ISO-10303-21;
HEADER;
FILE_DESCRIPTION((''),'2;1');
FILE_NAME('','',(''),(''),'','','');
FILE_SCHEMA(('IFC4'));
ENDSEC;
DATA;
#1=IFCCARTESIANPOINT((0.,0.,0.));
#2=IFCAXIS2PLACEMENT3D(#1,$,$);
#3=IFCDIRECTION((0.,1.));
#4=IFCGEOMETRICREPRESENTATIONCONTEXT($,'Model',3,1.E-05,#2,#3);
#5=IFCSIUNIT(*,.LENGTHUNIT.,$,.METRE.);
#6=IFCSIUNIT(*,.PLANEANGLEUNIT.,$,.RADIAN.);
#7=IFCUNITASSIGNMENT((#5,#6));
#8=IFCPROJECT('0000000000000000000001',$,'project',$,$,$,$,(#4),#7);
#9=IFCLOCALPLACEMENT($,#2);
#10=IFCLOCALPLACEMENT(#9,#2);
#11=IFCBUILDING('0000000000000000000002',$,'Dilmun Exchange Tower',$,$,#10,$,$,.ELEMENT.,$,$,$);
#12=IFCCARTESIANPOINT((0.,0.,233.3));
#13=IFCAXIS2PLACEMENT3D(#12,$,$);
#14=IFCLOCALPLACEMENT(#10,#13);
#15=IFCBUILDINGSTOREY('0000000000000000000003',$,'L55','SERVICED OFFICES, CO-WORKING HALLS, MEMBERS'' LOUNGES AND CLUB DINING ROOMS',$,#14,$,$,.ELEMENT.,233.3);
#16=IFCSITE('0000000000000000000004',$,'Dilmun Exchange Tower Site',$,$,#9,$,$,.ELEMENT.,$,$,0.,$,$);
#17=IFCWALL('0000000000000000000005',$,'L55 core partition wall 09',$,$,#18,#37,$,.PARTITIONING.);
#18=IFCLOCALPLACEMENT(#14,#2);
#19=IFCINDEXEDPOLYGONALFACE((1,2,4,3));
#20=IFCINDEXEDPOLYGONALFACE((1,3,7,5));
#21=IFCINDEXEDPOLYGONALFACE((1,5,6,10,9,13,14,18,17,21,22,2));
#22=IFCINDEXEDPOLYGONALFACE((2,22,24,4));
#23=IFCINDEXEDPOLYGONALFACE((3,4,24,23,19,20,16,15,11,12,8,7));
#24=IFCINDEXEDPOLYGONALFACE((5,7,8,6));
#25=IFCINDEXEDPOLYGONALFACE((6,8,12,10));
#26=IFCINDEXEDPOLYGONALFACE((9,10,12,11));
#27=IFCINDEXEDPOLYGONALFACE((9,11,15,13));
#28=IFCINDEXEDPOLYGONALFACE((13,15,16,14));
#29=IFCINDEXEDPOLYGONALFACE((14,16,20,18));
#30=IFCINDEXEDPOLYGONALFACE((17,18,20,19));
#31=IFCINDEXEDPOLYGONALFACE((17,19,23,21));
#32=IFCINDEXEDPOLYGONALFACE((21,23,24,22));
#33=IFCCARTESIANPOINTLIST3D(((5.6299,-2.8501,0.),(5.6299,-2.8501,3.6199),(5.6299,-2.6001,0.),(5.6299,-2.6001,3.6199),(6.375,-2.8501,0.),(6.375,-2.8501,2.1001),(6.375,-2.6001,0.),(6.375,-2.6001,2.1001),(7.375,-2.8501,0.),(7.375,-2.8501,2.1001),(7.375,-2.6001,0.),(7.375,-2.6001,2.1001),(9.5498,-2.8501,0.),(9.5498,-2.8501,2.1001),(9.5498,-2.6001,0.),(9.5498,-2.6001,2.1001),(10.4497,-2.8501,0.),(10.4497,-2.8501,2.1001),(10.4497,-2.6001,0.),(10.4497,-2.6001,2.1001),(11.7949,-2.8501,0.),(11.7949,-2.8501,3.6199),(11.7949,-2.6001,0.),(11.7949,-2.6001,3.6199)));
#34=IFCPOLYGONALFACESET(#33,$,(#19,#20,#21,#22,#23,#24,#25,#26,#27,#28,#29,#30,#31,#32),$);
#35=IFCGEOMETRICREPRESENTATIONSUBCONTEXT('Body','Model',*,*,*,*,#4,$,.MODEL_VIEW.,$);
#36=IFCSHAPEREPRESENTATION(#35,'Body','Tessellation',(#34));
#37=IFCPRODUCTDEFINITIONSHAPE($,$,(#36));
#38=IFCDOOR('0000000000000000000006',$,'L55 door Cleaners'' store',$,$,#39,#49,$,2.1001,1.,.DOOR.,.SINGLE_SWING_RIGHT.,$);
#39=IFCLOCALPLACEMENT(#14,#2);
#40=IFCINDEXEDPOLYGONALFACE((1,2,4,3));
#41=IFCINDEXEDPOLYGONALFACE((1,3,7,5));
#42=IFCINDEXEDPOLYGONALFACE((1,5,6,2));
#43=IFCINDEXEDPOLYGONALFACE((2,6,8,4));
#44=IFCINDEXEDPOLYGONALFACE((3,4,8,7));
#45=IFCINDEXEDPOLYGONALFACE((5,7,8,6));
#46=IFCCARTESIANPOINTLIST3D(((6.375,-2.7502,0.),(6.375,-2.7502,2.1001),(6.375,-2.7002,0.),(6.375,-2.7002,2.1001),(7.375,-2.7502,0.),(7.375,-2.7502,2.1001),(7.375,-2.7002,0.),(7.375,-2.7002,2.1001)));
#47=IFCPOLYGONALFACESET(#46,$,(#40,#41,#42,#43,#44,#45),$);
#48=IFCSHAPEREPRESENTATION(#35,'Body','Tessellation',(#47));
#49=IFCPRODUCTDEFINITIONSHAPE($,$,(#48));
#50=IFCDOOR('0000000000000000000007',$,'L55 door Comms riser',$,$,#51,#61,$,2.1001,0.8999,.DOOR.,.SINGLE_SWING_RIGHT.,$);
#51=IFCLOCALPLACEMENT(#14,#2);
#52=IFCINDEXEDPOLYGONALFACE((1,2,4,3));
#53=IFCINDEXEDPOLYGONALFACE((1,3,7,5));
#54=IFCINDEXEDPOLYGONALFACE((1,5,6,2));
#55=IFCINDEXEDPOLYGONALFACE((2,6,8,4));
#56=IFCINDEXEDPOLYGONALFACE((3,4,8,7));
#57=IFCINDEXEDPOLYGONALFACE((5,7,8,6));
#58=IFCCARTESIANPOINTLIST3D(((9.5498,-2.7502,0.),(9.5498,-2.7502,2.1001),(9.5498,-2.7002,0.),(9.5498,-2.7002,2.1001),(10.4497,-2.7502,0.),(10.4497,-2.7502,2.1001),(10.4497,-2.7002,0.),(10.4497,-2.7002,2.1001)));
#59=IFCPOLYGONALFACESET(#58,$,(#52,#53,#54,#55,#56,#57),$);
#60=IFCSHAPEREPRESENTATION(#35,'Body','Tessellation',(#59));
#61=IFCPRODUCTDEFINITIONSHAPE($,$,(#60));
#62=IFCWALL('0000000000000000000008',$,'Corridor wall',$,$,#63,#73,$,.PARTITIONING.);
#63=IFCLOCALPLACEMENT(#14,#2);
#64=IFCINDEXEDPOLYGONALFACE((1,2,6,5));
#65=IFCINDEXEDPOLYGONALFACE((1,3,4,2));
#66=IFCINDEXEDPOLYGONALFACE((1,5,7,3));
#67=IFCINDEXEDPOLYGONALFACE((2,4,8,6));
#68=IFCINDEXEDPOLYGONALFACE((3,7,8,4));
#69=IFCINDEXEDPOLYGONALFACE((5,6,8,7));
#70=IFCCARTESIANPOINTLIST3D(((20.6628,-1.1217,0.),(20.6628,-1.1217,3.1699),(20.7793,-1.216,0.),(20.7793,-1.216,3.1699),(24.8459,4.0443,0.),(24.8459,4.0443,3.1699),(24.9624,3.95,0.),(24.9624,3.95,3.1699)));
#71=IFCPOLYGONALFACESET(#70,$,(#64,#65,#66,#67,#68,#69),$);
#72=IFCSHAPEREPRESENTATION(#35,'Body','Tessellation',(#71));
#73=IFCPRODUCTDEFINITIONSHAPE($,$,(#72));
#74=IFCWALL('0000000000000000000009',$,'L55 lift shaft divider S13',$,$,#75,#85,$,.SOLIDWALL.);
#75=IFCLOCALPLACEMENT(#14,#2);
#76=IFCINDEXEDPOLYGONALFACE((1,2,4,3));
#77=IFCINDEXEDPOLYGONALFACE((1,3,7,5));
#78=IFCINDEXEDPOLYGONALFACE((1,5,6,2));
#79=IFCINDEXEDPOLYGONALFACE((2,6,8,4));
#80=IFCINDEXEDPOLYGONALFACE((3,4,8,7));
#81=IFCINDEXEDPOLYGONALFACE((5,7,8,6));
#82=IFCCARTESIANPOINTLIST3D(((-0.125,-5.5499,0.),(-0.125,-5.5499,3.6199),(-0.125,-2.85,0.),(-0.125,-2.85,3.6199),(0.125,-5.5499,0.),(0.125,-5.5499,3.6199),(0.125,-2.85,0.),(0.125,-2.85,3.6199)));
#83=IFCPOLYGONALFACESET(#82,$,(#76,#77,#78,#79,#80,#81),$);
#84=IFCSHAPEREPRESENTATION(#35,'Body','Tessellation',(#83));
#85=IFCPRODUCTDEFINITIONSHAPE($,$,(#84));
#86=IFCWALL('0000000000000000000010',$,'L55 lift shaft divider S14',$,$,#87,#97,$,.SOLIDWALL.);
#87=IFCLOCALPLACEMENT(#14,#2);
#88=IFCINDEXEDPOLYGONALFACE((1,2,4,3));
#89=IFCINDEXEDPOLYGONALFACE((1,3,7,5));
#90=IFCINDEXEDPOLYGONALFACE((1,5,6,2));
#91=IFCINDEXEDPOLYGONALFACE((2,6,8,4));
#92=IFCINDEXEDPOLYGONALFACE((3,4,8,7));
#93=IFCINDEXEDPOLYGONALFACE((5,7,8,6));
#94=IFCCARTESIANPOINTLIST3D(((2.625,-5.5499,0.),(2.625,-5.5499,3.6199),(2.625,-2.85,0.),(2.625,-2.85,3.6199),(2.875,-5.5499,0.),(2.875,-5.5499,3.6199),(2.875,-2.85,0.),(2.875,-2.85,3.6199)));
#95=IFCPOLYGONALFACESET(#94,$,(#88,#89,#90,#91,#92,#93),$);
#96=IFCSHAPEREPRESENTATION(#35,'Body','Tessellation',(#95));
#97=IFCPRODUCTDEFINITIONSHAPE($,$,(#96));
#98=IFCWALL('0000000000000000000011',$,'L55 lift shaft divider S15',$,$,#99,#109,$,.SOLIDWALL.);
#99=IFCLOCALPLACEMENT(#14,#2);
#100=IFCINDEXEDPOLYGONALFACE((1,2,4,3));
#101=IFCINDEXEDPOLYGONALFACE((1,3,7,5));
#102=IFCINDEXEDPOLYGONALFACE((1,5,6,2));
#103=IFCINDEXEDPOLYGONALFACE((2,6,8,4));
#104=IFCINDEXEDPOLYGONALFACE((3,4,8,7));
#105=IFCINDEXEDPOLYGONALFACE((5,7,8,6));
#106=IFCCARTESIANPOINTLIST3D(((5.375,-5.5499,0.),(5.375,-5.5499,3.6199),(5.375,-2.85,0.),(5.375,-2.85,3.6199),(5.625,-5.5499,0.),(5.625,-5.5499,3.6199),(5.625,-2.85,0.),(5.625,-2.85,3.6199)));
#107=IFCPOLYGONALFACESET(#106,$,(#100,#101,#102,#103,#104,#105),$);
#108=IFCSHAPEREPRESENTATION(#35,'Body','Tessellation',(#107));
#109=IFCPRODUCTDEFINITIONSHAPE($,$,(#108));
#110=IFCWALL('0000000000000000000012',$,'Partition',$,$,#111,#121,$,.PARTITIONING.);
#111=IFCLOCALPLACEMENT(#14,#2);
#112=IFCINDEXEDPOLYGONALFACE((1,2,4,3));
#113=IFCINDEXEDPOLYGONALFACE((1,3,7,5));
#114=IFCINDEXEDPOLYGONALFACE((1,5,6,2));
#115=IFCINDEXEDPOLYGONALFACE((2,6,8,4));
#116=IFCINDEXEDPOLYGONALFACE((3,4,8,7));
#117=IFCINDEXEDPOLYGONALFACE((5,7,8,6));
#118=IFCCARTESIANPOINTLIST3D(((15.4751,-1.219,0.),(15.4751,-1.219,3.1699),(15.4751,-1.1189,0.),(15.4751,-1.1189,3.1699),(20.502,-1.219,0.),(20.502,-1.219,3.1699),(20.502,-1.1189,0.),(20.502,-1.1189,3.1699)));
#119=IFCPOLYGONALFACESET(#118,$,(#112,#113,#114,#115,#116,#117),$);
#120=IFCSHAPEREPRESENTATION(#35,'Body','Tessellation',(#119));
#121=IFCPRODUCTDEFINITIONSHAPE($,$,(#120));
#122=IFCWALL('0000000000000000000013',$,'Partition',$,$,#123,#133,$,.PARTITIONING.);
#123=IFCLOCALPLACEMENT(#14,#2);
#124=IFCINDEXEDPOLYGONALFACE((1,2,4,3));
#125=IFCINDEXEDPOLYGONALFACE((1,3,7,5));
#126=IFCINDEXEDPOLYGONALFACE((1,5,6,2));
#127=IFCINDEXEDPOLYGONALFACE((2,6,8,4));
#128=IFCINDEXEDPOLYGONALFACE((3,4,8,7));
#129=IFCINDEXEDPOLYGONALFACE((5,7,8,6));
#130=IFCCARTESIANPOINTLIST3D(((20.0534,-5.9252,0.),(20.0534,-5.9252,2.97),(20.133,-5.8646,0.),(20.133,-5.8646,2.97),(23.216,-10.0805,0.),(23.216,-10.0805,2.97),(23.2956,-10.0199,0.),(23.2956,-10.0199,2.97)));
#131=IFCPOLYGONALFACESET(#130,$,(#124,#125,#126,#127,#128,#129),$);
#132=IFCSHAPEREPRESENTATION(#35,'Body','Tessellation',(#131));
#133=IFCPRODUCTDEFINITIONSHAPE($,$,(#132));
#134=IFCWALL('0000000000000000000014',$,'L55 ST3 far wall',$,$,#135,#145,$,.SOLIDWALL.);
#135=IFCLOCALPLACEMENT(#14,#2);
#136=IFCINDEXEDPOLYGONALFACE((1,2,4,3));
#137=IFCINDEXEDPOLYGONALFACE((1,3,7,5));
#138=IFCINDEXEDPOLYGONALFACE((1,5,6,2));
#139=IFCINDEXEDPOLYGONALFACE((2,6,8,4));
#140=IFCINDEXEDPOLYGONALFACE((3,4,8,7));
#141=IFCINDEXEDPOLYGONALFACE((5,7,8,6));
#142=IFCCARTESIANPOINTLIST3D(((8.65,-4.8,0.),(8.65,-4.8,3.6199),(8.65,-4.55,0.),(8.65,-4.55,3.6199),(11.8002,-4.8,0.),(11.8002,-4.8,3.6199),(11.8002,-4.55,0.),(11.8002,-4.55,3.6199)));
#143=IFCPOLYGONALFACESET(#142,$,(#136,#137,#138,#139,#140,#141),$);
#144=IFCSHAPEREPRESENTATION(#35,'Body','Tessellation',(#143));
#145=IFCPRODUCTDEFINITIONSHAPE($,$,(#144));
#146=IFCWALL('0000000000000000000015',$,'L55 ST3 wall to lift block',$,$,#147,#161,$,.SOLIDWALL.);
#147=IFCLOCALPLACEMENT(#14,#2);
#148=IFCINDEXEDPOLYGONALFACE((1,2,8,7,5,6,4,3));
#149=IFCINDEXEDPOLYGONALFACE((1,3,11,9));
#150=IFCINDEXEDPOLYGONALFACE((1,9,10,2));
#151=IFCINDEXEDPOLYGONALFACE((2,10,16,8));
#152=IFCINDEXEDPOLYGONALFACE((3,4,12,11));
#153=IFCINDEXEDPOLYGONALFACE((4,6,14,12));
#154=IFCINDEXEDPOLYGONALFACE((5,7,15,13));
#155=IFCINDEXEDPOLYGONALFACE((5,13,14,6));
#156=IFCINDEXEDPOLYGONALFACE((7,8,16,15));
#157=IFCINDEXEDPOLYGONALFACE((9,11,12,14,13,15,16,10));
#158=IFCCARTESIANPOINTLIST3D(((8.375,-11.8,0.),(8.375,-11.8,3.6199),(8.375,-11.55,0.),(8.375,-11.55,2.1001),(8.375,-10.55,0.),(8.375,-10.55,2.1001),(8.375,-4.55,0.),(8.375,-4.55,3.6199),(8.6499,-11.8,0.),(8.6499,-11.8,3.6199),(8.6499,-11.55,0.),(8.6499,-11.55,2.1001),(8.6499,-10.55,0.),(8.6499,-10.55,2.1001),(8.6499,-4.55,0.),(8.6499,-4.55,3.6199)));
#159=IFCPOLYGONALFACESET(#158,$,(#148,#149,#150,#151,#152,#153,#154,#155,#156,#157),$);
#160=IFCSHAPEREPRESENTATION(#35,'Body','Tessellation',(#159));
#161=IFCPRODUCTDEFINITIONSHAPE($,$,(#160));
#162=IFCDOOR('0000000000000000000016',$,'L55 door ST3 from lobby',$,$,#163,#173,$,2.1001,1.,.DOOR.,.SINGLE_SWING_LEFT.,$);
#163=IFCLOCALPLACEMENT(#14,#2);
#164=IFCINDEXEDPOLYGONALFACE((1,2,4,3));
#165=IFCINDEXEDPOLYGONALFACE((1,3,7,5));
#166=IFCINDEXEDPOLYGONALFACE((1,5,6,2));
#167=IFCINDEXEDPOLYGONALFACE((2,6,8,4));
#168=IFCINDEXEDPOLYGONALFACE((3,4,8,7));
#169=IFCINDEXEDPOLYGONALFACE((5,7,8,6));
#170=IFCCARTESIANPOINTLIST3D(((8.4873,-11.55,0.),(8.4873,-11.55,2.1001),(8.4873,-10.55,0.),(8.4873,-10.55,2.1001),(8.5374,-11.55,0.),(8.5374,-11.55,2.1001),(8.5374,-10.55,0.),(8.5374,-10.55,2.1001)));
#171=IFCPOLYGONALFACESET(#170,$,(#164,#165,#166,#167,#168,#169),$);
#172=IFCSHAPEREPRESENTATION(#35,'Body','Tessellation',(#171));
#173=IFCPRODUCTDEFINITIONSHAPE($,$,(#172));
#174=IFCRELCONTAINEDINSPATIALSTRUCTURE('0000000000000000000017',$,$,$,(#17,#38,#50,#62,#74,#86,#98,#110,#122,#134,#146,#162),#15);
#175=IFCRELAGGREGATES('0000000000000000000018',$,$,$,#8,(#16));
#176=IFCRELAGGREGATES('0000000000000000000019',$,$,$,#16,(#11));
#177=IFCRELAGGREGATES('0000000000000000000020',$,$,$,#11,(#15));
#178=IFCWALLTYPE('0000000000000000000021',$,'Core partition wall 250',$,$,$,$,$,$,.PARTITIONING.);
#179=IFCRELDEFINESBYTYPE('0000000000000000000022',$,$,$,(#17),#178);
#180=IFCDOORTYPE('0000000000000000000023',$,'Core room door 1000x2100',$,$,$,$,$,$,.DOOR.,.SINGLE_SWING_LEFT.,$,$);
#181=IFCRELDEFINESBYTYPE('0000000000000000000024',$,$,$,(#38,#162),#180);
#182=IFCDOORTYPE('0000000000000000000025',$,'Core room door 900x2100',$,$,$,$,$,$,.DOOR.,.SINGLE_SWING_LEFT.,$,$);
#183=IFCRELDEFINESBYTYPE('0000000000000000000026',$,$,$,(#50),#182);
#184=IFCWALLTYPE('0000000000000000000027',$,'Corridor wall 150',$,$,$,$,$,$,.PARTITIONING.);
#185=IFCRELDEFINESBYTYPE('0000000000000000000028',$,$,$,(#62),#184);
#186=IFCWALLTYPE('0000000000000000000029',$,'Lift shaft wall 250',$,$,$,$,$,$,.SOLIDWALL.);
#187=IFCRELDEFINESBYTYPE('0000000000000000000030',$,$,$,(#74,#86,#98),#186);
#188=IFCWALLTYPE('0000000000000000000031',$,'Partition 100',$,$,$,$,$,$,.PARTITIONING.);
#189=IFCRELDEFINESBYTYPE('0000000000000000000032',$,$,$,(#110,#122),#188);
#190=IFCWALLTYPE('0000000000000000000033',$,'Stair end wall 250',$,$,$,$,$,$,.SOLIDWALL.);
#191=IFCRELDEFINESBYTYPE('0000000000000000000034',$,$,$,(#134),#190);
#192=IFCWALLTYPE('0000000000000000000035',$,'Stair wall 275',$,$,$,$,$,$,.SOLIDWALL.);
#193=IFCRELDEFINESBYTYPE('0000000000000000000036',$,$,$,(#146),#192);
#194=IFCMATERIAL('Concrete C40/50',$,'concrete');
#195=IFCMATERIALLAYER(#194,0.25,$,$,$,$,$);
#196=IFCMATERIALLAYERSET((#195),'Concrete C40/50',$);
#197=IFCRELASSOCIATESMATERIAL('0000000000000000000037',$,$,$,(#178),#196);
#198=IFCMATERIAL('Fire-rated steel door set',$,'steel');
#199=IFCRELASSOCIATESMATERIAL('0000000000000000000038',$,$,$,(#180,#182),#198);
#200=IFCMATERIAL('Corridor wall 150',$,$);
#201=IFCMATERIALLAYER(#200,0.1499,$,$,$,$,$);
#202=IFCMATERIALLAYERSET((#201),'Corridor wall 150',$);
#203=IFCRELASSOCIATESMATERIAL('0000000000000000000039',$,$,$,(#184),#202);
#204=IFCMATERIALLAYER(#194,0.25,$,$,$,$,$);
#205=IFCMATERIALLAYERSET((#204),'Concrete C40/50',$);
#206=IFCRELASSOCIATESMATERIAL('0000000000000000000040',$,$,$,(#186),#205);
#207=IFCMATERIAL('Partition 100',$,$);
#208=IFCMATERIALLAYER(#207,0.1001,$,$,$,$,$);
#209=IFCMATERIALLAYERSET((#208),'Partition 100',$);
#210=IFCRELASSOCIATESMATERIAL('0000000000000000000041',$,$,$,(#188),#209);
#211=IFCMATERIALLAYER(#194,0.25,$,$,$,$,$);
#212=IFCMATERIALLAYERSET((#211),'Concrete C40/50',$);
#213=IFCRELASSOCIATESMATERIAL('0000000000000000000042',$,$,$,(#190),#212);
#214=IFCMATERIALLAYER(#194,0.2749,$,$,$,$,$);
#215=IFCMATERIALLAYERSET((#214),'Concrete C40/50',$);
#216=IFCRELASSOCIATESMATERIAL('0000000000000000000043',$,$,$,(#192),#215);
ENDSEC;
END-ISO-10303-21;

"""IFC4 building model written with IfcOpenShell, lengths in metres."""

from ifc_helpers import new_model, si_unit, direction, frame, frame_2d, origin, place, context, subcontext, project, spatial, rectangle, extrude, material, layer, layer_set, type_object, element, fill, save


model = new_model("IFC4")

# Units and contexts
model_context = context("Model", 3, precision=1e-05, world=origin(), true_north=direction((0.0, 1.0)))
body_context = subcontext(model_context, "Body", "Model", "MODEL_VIEW")
ifc_project = project(units=[si_unit("LENGTHUNIT", "METRE"), si_unit("PLANEANGLEUNIT", "RADIAN")], contexts=[model_context])

# Site, building, storey
site_placement = place(None, origin())
site = spatial("IfcSite", under=ifc_project, at=site_placement, Name="Dilmun Exchange Tower Site", CompositionType="ELEMENT", RefElevation=0.0)
building_placement = place(site_placement, origin())
building = spatial("IfcBuilding", under=site, at=building_placement, Name="Dilmun Exchange Tower", CompositionType="ELEMENT")
storey_placement = place(building_placement, frame((0.0, 0.0, 233.3)))
storey = spatial("IfcBuildingStorey", under=building, at=storey_placement, Name="L55", Description="SERVICED OFFICES, CO-WORKING HALLS, MEMBERS' LOUNGES AND CLUB DINING ROOMS", CompositionType="ELEMENT", Elevation=233.3)

# Shared definitions
ifc_material_1 = material(Name="Concrete C40/50", Category="concrete")

# Shared definitions
ifc_layer_1 = layer(ifc_material_1, 0.25)
ifc_layer_set_1 = layer_set([ifc_layer_1], Name="Concrete C40/50")
wall_type_1 = type_object("IfcWallType", Name="Core partition wall 250", PredefinedType="PARTITIONING", material=ifc_layer_set_1)

# Wall, openings, doors
wall_1_placement = place(storey_placement, frame((5.6299, -2.7251, 0.0), z_axis=(0.0, 0.0, 1.0), x_axis=(1.0, 0.0, 0.0)))
wall_1 = element("IfcWall", 1, at=wall_1_placement, inside=storey, type_object=wall_type_1, Name="L55 core partition wall 09", PredefinedType="PARTITIONING", context=body_context, shape_type="SweptSolid", body=[
    extrude(rectangle(XDim=6.165, YDim=0.25, at=frame_2d((3.0825, 0.0))), origin(), (0.0, 0.0, 1.0), 3.6199),
])
opening_1_placement = place(wall_1_placement, frame((0.7451, 0.0, 0.0)))
opening_1 = element("IfcOpeningElement", 2, at=opening_1_placement, cuts=wall_1, PredefinedType="OPENING", context=body_context, shape_type="SweptSolid", body=[
    extrude(rectangle(XDim=1.0, YDim=2.1001, at=frame_2d((0.5, 1.05))), frame((0.0, 0.135, 0.0), z_axis=(0.0, -1.0, 0.0), x_axis=(1.0, 0.0, 0.0)), (0.0, 0.0, 1.0), 0.27),
])
opening_2_placement = place(wall_1_placement, frame((3.9199, 0.0, 0.0)))
opening_2 = element("IfcOpeningElement", 3, at=opening_2_placement, cuts=wall_1, PredefinedType="OPENING", context=body_context, shape_type="SweptSolid", body=[
    extrude(rectangle(XDim=0.8999, YDim=2.1001, at=frame_2d((0.45, 1.05))), frame((0.0, 0.135, 0.0), z_axis=(0.0, -1.0, 0.0), x_axis=(1.0, 0.0, 0.0)), (0.0, 0.0, 1.0), 0.27),
])
ifc_material_2 = material(Name="Fire-rated steel door set", Category="steel")
door_type_1 = type_object("IfcDoorType", Name="Core room door 1000x2100", OperationType="SINGLE_SWING_LEFT", PredefinedType="DOOR", material=ifc_material_2)
door_1_placement = place(opening_1_placement, origin())
door_1 = element("IfcDoor", 4, at=door_1_placement, inside=storey, type_object=door_type_1, Name="L55 door Cleaners' store", OperationType="SINGLE_SWING_RIGHT", OverallHeight=2.1001, OverallWidth=1.0, PredefinedType="DOOR", context=body_context, shape_type="SweptSolid", body=[
    extrude(rectangle(XDim=1.0, YDim=2.1001, at=frame_2d((0.5, 1.05))), frame((0.0, 0.0249, 0.0), z_axis=(0.0, -1.0, 0.0), x_axis=(1.0, 0.0, 0.0)), (0.0, 0.0, 1.0), 0.05),
])
fill(opening_1, door_1)
door_type_2 = type_object("IfcDoorType", Name="Core room door 900x2100", OperationType="SINGLE_SWING_LEFT", PredefinedType="DOOR", material=ifc_material_2)
door_2_placement = place(opening_2_placement, origin())
door_2 = element("IfcDoor", 5, at=door_2_placement, inside=storey, type_object=door_type_2, Name="L55 door Comms riser", OperationType="SINGLE_SWING_RIGHT", OverallHeight=2.1001, OverallWidth=0.8999, PredefinedType="DOOR", context=body_context, shape_type="SweptSolid", body=[
    extrude(rectangle(XDim=0.8999, YDim=2.1001, at=frame_2d((0.45, 1.05))), frame((0.0, 0.0249, 0.0), z_axis=(0.0, -1.0, 0.0), x_axis=(1.0, 0.0, 0.0)), (0.0, 0.0, 1.0), 0.05),
])
fill(opening_2, door_2)

# Walls
ifc_material_3 = material(Name="Corridor wall 150")
ifc_layer_2 = layer(ifc_material_3, 0.1499)
ifc_layer_set_2 = layer_set([ifc_layer_2], Name="Corridor wall 150")
wall_type_2 = type_object("IfcWallType", Name="Corridor wall 150", PredefinedType="PARTITIONING", material=ifc_layer_set_2)
wall_2_placement = place(storey_placement, frame((20.7209, -1.1689, 0.0), z_axis=(0.0, 0.0, 1.0), x_axis=(0.629298, 0.777164, 0.0)))
element("IfcWall", 6, at=wall_2_placement, inside=storey, type_object=wall_type_2, Name="Corridor wall", PredefinedType="PARTITIONING", context=body_context, shape_type="SweptSolid", body=[
    extrude(rectangle(XDim=6.6472, YDim=0.1499, at=frame_2d((3.3237, 0.0))), origin(), (0.0, 0.0, 1.0), 3.1699),
])
ifc_layer_3 = layer(ifc_material_1, 0.25)
ifc_layer_set_3 = layer_set([ifc_layer_3], Name="Concrete C40/50")
wall_type_3 = type_object("IfcWallType", Name="Lift shaft wall 250", PredefinedType="SOLIDWALL", material=ifc_layer_set_3)
for number, where, z_axis, x_axis, name in (
    (7, (0.0, -5.55, 0.0), (0.0, 0.0, 1.0), (0.0, 1.0, 0.0), "L55 lift shaft divider S13"),
    (8, (2.75, -5.55, 0.0), (0.0, 0.0, 1.0), (0.0, 1.0, 0.0), "L55 lift shaft divider S14"),
    (9, (5.5, -5.55, 0.0), (0.0, 0.0, 1.0), (0.0, 1.0, 0.0), "L55 lift shaft divider S15"),
):
    element("IfcWall", number, at=place(storey_placement, frame(where, z_axis=z_axis, x_axis=x_axis)), inside=storey, type_object=wall_type_3, Name=name, PredefinedType="SOLIDWALL", context=body_context, shape_type="SweptSolid", body=[
        extrude(rectangle(XDim=2.7, YDim=0.25, at=frame_2d((1.3501, 0.0))), origin(), (0.0, 0.0, 1.0), 3.6199),
    ])
ifc_material_4 = material(Name="Partition 100")
ifc_layer_4 = layer(ifc_material_4, 0.1001)
ifc_layer_set_4 = layer_set([ifc_layer_4], Name="Partition 100")
wall_type_4 = type_object("IfcWallType", Name="Partition 100", PredefinedType="PARTITIONING", material=ifc_layer_set_4)
wall_3_placement = place(storey_placement, frame((15.4751, -1.1689, 0.0), z_axis=(0.0, 0.0, 1.0), x_axis=(1.0, 0.0, 0.0)))
element("IfcWall", 10, at=wall_3_placement, inside=storey, type_object=wall_type_4, Name="Partition", PredefinedType="PARTITIONING", context=body_context, shape_type="SweptSolid", body=[
    extrude(rectangle(XDim=5.0269, YDim=0.1001, at=frame_2d((2.5134, 0.0))), origin(), (0.0, 0.0, 1.0), 3.1699),
])
wall_4_placement = place(storey_placement, frame((20.0933, -5.895, 0.0), z_axis=(0.0, 0.0, 1.0), x_axis=(0.60564, -0.795739, 0.0)))
element("IfcWall", 11, at=wall_4_placement, inside=storey, type_object=wall_type_4, Name="Partition", PredefinedType="PARTITIONING", context=body_context, shape_type="SweptSolid", body=[
    extrude(rectangle(XDim=5.2219, YDim=0.1001, at=frame_2d((2.6108, 0.0))), origin(), (0.0, 0.0, 1.0), 2.97),
])
ifc_layer_5 = layer(ifc_material_1, 0.25)
ifc_layer_set_5 = layer_set([ifc_layer_5], Name="Concrete C40/50")
wall_type_5 = type_object("IfcWallType", Name="Stair end wall 250", PredefinedType="SOLIDWALL", material=ifc_layer_set_5)
wall_5_placement = place(storey_placement, frame((8.6499, -4.675, 0.0), z_axis=(0.0, 0.0, 1.0), x_axis=(1.0, 0.0, 0.0)))
element("IfcWall", 12, at=wall_5_placement, inside=storey, type_object=wall_type_5, Name="L55 ST3 far wall", PredefinedType="SOLIDWALL", context=body_context, shape_type="SweptSolid", body=[
    extrude(rectangle(XDim=3.1501, YDim=0.25, at=frame_2d((1.5752, 0.0))), origin(), (0.0, 0.0, 1.0), 3.6199),
])

# Wall, opening, door
ifc_layer_6 = layer(ifc_material_1, 0.2749)
ifc_layer_set_6 = layer_set([ifc_layer_6], Name="Concrete C40/50")
wall_type_6 = type_object("IfcWallType", Name="Stair wall 275", PredefinedType="SOLIDWALL", material=ifc_layer_set_6)
wall_6_placement = place(storey_placement, frame((8.5125, -4.55, 0.0), z_axis=(0.0, 0.0, 1.0), x_axis=(0.0, -1.0, 0.0)))
wall_6 = element("IfcWall", 13, at=wall_6_placement, inside=storey, type_object=wall_type_6, Name="L55 ST3 wall to lift block", PredefinedType="SOLIDWALL", context=body_context, shape_type="SweptSolid", body=[
    extrude(rectangle(XDim=7.25, YDim=0.2749, at=frame_2d((3.625, 0.0))), origin(), (0.0, 0.0, 1.0), 3.6199),
])
opening_3_placement = place(wall_6_placement, frame((6.0, 0.0, 0.0)))
opening_3 = element("IfcOpeningElement", 14, at=opening_3_placement, cuts=wall_6, PredefinedType="OPENING", context=body_context, shape_type="SweptSolid", body=[
    extrude(rectangle(XDim=1.0, YDim=2.1001, at=frame_2d((0.5, 1.05))), frame((0.0, 0.1475, 0.0), z_axis=(0.0, -1.0, 0.0), x_axis=(1.0, 0.0, 0.0)), (0.0, 0.0, 1.0), 0.2949),
])
door_3_placement = place(opening_3_placement, origin())
door_3 = element("IfcDoor", 15, at=door_3_placement, inside=storey, type_object=door_type_1, Name="L55 door ST3 from lobby", OperationType="SINGLE_SWING_LEFT", OverallHeight=2.1001, OverallWidth=1.0, PredefinedType="DOOR", context=body_context, shape_type="SweptSolid", body=[
    extrude(rectangle(XDim=1.0, YDim=2.1001, at=frame_2d((0.5, 1.05))), frame((0.0, 0.0249, 0.0), z_axis=(0.0, -1.0, 0.0), x_axis=(1.0, 0.0, 0.0)), (0.0, 0.0, 1.0), 0.05),
])
fill(opening_3, door_3)

save(model, "model.ifc")
